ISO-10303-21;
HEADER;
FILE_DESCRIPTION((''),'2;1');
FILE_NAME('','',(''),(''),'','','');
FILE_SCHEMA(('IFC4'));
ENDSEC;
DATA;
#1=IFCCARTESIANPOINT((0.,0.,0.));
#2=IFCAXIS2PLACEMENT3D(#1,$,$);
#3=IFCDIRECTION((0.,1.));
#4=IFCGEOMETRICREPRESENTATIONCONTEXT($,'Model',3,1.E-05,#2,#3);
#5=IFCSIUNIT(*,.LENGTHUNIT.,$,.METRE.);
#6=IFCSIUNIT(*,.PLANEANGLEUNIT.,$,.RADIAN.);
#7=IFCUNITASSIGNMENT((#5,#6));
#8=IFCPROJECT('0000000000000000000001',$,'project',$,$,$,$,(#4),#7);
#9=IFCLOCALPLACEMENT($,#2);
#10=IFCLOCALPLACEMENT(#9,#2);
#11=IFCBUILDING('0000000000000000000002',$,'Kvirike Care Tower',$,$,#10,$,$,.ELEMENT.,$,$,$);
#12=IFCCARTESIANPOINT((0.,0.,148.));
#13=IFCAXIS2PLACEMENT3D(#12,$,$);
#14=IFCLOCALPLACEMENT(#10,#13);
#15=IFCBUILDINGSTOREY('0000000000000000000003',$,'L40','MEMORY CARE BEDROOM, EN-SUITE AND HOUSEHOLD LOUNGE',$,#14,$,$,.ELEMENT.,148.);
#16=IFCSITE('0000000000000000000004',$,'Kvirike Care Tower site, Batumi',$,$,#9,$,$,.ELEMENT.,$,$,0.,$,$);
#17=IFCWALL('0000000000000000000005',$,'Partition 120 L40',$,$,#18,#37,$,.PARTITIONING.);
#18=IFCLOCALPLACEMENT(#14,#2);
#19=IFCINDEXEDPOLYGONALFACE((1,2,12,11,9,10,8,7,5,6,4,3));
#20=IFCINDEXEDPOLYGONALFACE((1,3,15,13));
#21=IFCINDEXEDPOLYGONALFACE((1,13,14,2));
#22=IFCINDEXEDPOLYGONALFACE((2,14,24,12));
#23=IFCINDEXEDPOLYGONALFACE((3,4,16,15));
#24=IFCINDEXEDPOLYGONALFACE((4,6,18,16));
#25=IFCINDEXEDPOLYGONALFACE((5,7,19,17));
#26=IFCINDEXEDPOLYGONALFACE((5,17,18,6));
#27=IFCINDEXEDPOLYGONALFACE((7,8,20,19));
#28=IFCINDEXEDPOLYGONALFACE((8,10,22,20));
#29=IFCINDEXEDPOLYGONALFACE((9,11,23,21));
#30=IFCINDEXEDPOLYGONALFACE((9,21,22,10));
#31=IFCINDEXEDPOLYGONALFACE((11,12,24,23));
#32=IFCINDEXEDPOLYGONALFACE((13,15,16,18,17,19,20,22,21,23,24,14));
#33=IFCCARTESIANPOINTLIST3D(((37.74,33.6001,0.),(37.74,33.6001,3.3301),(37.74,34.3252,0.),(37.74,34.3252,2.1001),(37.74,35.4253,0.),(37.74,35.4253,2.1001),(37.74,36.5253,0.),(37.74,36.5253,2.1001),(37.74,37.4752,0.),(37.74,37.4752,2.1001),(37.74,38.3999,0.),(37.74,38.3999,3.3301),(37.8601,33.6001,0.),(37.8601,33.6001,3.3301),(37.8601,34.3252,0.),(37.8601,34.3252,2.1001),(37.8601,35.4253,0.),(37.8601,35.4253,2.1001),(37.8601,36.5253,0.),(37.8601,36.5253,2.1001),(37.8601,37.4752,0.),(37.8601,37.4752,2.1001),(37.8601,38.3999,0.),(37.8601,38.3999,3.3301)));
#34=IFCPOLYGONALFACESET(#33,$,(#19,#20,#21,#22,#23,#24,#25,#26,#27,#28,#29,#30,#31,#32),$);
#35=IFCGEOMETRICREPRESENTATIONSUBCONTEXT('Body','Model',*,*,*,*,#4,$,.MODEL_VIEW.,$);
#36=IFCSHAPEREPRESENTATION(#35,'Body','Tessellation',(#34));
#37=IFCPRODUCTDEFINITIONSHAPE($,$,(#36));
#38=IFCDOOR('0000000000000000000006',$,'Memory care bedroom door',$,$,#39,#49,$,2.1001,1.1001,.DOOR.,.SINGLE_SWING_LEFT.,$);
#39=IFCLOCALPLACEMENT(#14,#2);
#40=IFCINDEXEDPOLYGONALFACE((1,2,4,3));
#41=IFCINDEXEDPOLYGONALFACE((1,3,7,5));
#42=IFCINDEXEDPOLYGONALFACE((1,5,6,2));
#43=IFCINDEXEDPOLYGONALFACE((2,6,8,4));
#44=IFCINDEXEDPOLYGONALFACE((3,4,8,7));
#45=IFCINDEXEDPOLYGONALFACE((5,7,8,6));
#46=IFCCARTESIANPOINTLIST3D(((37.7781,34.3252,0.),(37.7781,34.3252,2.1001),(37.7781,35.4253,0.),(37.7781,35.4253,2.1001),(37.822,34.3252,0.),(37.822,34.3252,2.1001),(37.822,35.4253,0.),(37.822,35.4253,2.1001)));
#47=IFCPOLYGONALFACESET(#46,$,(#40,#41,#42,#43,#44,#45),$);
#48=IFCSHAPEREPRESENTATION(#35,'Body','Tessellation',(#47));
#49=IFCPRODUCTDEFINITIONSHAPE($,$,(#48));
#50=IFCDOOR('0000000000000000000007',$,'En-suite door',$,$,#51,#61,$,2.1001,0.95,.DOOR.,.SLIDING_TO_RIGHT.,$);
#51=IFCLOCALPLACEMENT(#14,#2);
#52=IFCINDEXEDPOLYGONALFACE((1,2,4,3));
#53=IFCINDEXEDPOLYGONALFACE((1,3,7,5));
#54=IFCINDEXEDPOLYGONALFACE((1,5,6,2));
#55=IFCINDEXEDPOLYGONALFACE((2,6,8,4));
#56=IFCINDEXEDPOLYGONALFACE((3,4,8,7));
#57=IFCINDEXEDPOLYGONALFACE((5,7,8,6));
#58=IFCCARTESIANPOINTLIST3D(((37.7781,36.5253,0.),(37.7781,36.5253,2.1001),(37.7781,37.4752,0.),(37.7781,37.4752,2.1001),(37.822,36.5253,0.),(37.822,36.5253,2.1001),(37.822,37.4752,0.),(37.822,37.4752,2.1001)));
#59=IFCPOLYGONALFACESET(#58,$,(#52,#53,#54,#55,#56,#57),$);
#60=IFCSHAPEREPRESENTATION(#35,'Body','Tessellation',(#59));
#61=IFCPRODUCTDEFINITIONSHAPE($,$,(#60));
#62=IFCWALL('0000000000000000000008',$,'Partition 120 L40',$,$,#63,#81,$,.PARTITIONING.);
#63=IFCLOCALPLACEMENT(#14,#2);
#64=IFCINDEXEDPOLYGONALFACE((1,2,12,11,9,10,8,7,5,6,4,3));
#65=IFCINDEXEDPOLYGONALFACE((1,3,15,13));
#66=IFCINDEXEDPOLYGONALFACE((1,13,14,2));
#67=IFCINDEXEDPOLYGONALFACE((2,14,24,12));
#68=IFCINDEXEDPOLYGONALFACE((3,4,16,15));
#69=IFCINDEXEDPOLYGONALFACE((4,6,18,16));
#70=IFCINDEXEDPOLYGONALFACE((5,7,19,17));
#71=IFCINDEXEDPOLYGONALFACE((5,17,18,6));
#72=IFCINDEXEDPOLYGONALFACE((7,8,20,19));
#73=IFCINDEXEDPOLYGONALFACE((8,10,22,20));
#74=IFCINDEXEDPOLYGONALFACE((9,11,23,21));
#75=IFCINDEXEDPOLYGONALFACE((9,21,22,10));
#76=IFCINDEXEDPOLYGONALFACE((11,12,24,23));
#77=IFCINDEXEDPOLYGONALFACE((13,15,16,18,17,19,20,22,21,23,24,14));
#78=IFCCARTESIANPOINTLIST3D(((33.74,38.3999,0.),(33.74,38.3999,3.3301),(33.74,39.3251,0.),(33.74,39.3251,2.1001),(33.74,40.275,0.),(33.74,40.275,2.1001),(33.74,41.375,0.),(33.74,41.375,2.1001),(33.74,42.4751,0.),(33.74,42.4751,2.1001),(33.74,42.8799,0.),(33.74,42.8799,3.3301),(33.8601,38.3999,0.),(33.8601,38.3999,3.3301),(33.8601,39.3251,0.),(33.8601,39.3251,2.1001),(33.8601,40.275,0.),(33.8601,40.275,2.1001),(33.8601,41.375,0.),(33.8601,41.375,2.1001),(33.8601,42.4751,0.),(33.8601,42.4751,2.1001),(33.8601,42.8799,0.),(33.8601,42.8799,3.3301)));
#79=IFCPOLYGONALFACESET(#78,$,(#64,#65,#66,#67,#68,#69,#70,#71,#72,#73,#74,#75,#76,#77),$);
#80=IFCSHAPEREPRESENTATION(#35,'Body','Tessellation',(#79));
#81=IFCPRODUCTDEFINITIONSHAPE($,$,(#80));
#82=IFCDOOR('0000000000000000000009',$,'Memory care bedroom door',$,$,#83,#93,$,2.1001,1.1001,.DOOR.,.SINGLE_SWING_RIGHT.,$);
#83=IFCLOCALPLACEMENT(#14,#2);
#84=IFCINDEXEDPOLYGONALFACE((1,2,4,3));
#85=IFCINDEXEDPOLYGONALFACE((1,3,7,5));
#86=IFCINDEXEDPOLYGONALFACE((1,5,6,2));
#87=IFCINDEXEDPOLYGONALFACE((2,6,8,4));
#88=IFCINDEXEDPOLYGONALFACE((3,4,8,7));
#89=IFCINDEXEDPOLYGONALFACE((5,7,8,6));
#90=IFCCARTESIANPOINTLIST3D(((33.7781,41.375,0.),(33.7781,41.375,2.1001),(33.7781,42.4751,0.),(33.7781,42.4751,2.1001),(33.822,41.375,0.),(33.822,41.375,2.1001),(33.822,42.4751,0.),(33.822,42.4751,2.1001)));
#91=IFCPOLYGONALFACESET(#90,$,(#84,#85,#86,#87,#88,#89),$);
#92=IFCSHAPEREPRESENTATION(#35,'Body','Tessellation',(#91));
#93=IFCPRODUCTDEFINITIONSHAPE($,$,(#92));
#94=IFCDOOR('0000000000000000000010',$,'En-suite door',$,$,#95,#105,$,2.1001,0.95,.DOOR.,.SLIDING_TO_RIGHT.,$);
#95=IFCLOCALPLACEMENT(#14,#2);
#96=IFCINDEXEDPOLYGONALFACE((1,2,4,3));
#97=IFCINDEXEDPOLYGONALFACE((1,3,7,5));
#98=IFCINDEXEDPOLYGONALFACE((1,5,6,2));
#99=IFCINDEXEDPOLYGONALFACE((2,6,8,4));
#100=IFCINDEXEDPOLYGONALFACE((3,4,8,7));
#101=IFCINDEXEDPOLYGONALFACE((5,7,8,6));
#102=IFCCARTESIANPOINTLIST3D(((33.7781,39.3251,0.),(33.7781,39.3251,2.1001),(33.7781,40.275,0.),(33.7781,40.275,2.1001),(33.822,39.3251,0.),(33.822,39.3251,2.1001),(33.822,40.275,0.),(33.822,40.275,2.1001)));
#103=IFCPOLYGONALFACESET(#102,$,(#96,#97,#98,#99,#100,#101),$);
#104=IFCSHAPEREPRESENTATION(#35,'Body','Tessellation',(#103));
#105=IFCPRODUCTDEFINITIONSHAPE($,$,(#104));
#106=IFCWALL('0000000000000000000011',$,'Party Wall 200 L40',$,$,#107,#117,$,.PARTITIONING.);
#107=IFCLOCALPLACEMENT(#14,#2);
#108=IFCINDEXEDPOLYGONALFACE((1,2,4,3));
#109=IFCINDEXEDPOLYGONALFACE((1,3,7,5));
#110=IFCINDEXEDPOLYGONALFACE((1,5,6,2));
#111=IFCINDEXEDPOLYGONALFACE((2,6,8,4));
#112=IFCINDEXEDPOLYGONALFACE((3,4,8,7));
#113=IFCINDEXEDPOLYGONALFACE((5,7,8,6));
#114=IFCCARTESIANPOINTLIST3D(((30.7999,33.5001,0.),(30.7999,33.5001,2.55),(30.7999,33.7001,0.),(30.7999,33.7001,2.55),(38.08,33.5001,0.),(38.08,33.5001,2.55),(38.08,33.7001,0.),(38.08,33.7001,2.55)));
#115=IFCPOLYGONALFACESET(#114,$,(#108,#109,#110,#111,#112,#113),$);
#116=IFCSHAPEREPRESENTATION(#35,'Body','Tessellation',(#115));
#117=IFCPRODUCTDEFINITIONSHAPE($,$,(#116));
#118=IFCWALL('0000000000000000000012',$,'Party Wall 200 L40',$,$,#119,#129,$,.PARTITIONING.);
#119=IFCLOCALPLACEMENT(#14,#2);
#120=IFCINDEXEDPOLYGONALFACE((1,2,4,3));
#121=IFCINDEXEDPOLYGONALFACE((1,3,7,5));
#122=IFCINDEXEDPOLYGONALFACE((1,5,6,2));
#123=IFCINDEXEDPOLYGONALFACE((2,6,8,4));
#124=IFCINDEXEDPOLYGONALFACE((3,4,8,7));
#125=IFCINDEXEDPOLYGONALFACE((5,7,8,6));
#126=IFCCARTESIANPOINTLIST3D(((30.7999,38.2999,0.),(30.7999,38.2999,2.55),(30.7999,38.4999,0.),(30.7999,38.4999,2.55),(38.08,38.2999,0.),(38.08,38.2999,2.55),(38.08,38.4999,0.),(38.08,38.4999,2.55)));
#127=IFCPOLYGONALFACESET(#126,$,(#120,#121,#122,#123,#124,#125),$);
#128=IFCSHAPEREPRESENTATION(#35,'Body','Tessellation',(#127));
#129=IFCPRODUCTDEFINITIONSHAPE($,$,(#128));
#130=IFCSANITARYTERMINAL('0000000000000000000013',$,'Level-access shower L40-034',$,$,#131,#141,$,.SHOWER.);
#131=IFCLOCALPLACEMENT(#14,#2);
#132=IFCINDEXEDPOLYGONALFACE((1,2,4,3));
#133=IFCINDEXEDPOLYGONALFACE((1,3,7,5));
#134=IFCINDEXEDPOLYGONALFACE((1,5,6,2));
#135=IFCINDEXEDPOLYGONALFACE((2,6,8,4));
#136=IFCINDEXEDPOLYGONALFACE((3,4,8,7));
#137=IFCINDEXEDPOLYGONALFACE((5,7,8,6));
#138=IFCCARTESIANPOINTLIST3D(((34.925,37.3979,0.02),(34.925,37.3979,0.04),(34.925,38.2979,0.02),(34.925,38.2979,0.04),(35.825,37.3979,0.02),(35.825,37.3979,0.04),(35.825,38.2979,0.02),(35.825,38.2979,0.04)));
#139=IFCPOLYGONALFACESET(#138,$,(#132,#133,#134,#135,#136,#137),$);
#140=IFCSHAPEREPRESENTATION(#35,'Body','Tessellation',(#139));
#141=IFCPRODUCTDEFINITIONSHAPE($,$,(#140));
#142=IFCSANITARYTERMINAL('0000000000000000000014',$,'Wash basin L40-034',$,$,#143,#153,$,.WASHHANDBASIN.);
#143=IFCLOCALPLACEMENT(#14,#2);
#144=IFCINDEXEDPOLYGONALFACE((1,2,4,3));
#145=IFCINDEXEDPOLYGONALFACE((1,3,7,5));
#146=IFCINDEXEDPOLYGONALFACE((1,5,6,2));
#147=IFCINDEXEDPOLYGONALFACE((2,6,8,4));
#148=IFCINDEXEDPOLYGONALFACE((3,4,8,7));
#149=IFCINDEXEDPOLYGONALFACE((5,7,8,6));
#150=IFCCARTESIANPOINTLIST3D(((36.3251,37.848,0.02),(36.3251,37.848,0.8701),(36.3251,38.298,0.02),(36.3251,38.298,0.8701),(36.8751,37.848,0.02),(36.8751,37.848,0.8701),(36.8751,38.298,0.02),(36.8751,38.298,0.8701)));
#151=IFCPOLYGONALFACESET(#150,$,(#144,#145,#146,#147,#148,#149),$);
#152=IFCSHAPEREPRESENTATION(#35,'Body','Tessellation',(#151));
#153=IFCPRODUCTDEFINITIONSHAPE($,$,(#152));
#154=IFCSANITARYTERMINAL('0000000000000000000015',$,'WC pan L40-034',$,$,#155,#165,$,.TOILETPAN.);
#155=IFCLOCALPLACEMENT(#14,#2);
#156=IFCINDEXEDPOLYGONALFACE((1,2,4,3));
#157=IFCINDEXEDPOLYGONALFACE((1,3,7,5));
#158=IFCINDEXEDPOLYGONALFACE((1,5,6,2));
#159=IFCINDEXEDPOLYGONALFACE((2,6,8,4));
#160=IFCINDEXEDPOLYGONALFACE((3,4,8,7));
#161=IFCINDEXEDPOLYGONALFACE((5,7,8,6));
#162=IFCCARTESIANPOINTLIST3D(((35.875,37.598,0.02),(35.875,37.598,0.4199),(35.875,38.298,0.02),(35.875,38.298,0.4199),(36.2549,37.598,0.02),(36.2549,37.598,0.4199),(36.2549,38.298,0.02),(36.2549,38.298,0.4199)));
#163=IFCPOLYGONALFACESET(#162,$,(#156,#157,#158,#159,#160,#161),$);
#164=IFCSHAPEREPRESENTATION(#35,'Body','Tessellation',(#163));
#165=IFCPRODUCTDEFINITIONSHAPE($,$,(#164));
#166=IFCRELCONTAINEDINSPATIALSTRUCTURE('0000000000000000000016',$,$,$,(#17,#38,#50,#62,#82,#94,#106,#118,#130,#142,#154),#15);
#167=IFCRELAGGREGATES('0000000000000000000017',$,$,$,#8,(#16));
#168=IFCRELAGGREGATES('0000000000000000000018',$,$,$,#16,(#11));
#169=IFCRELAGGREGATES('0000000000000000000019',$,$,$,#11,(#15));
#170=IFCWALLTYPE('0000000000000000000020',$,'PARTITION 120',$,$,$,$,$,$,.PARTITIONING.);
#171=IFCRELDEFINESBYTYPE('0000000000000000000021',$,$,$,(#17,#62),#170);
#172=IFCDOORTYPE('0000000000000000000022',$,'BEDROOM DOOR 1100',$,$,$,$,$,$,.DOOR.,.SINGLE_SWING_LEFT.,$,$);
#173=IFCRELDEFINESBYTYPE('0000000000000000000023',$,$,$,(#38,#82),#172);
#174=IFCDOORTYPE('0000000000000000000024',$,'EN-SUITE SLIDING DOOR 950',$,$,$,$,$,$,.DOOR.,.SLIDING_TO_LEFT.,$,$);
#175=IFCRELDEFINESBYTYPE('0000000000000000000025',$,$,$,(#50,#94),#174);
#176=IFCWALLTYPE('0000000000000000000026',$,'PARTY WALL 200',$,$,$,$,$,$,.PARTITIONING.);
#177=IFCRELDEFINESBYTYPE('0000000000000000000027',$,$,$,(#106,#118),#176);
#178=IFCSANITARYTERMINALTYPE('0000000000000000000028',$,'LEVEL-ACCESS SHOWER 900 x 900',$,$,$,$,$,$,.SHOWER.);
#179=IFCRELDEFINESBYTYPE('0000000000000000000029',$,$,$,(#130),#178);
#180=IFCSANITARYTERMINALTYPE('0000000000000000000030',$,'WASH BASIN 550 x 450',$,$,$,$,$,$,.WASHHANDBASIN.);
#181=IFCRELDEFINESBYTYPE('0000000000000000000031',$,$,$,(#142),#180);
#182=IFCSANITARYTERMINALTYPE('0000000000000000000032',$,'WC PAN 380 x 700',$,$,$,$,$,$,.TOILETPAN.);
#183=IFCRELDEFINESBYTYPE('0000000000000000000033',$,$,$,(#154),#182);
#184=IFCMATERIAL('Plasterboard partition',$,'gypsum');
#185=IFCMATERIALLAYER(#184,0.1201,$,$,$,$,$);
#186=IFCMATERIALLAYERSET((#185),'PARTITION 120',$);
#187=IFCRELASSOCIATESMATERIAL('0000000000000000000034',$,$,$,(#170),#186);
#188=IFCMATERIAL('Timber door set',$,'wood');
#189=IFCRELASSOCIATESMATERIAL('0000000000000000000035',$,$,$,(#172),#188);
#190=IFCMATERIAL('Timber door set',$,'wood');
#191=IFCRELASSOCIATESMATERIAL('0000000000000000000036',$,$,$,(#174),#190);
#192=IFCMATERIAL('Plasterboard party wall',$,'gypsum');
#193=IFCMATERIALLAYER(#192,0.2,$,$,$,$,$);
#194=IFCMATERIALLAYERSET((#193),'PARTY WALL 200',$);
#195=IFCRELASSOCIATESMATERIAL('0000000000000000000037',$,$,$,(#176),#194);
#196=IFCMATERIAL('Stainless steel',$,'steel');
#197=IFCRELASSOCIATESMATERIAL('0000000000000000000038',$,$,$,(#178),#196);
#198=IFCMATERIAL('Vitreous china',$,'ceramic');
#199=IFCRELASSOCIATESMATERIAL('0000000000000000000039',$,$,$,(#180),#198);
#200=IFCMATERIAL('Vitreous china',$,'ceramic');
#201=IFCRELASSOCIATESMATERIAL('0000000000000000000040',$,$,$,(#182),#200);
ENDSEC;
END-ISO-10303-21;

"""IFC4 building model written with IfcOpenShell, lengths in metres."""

from ifc_helpers import new_model, si_unit, direction, frame, frame_2d, origin, origin_2d, place, context, subcontext, project, spatial, rectangle, extrude, material, layer, layer_set, type_object, element, fill, save


model = new_model("IFC4")

# Units and contexts
model_context = context("Model", 3, precision=1e-05, world=origin(), true_north=direction((0.0, 1.0)))
body_context = subcontext(model_context, "Body", "Model", "MODEL_VIEW")
ifc_project = project(units=[si_unit("LENGTHUNIT", "METRE"), si_unit("PLANEANGLEUNIT", "RADIAN")], contexts=[model_context])

# Site, building, storey
site_placement = place(None, origin())
site = spatial("IfcSite", under=ifc_project, at=site_placement, Name="Kvirike Care Tower site, Batumi", CompositionType="ELEMENT", RefElevation=0.0)
building_placement = place(site_placement, origin())
building = spatial("IfcBuilding", under=site, at=building_placement, Name="Kvirike Care Tower", CompositionType="ELEMENT")
storey_placement = place(building_placement, frame((0.0, 0.0, 148.0)))
storey = spatial("IfcBuildingStorey", under=building, at=storey_placement, Name="L40", Description="MEMORY CARE BEDROOM, EN-SUITE AND HOUSEHOLD LOUNGE", CompositionType="ELEMENT", Elevation=148.0)

# Walls, openings, doors
ifc_material_1 = material(Name="Plasterboard partition", Category="gypsum")
ifc_layer_1 = layer(ifc_material_1, 0.1201)
ifc_layer_set_1 = layer_set([ifc_layer_1], Name="PARTITION 120")
wall_type_1 = type_object("IfcWallType", Name="PARTITION 120", PredefinedType="PARTITIONING", material=ifc_layer_set_1)
wall_1_placement = place(storey_placement, frame((37.8, 33.6001, 0.0), z_axis=(0.0, 0.0, 1.0), x_axis=(0.0, 1.0, 0.0)))
wall_1 = element("IfcWall", 1, at=wall_1_placement, inside=storey, type_object=wall_type_1, Name="Partition 120 L40", PredefinedType="PARTITIONING", context=body_context, shape_type="SweptSolid", body=[
    extrude(rectangle(XDim=4.7998, YDim=0.1201, at=frame_2d((2.3999, 0.0))), origin(), (0.0, 0.0, 1.0), 3.3301),
])
opening_1_placement = place(wall_1_placement, frame((0.7251, 0.0, 0.0)))
opening_1 = element("IfcOpeningElement", 2, at=opening_1_placement, cuts=wall_1, PredefinedType="OPENING", context=body_context, shape_type="SweptSolid", body=[
    extrude(rectangle(XDim=1.1001, YDim=2.1001, at=frame_2d((0.55, 1.05))), frame((0.0, 0.0706, 0.0), z_axis=(0.0, -1.0, 0.0), x_axis=(1.0, 0.0, 0.0)), (0.0, 0.0, 1.0), 0.1411),
])
opening_2_placement = place(wall_1_placement, frame((2.925, 0.0, 0.0)))
opening_2 = element("IfcOpeningElement", 3, at=opening_2_placement, cuts=wall_1, PredefinedType="OPENING", context=body_context, shape_type="SweptSolid", body=[
    extrude(rectangle(XDim=0.95, YDim=2.1001, at=frame_2d((0.4751, 1.05))), frame((0.0, 0.0706, 0.0), z_axis=(0.0, -1.0, 0.0), x_axis=(1.0, 0.0, 0.0)), (0.0, 0.0, 1.0), 0.1411),
])
ifc_material_2 = material(Name="Timber door set", Category="wood")
door_type_1 = type_object("IfcDoorType", Name="BEDROOM DOOR 1100", OperationType="SINGLE_SWING_LEFT", PredefinedType="DOOR", material=ifc_material_2)
door_1_placement = place(opening_1_placement, origin())
door_1 = element("IfcDoor", 4, at=door_1_placement, inside=storey, type_object=door_type_1, Name="Memory care bedroom door", OperationType="SINGLE_SWING_LEFT", OverallHeight=2.1001, OverallWidth=1.1001, PredefinedType="DOOR", context=body_context, shape_type="SweptSolid", body=[
    extrude(rectangle(XDim=1.1001, YDim=2.1001, at=frame_2d((0.55, 1.05))), frame((0.0, 0.022, 0.0), z_axis=(0.0, -1.0, 0.0), x_axis=(1.0, 0.0, 0.0)), (0.0, 0.0, 1.0), 0.0439),
])
fill(opening_1, door_1)
ifc_material_3 = material(Name="Timber door set", Category="wood")
door_type_2 = type_object("IfcDoorType", Name="EN-SUITE SLIDING DOOR 950", OperationType="SLIDING_TO_LEFT", PredefinedType="DOOR", material=ifc_material_3)
door_2_placement = place(opening_2_placement, origin())
door_2 = element("IfcDoor", 5, at=door_2_placement, inside=storey, type_object=door_type_2, Name="En-suite door", OperationType="SLIDING_TO_RIGHT", OverallHeight=2.1001, OverallWidth=0.95, PredefinedType="DOOR", context=body_context, shape_type="SweptSolid", body=[
    extrude(rectangle(XDim=0.95, YDim=2.1001, at=frame_2d((0.4751, 1.05))), frame((0.0, 0.022, 0.0), z_axis=(0.0, -1.0, 0.0), x_axis=(1.0, 0.0, 0.0)), (0.0, 0.0, 1.0), 0.0439),
])
fill(opening_2, door_2)
wall_2_placement = place(storey_placement, frame((33.8, 38.3999, 0.0), z_axis=(0.0, 0.0, 1.0), x_axis=(0.0, 1.0, 0.0)))
wall_2 = element("IfcWall", 6, at=wall_2_placement, inside=storey, type_object=wall_type_1, Name="Partition 120 L40", PredefinedType="PARTITIONING", context=body_context, shape_type="SweptSolid", body=[
    extrude(rectangle(XDim=4.48, YDim=0.1201, at=frame_2d((2.24, 0.0))), origin(), (0.0, 0.0, 1.0), 3.3301),
])
opening_3_placement = place(wall_2_placement, frame((2.9751, 0.0, 0.0)))
opening_3 = element("IfcOpeningElement", 7, at=opening_3_placement, cuts=wall_2, PredefinedType="OPENING", context=body_context, shape_type="SweptSolid", body=[
    extrude(rectangle(XDim=1.1001, YDim=2.1001, at=frame_2d((0.55, 1.05))), frame((0.0, 0.0706, 0.0), z_axis=(0.0, -1.0, 0.0), x_axis=(1.0, 0.0, 0.0)), (0.0, 0.0, 1.0), 0.1411),
])
opening_4_placement = place(wall_2_placement, frame((0.925, 0.0, 0.0)))
opening_4 = element("IfcOpeningElement", 8, at=opening_4_placement, cuts=wall_2, PredefinedType="OPENING", context=body_context, shape_type="SweptSolid", body=[
    extrude(rectangle(XDim=0.95, YDim=2.1001, at=frame_2d((0.4751, 1.05))), frame((0.0, 0.0706, 0.0), z_axis=(0.0, -1.0, 0.0), x_axis=(1.0, 0.0, 0.0)), (0.0, 0.0, 1.0), 0.1411),
])
door_3_placement = place(opening_3_placement, origin())
door_3 = element("IfcDoor", 9, at=door_3_placement, inside=storey, type_object=door_type_1, Name="Memory care bedroom door", OperationType="SINGLE_SWING_RIGHT", OverallHeight=2.1001, OverallWidth=1.1001, PredefinedType="DOOR", context=body_context, shape_type="SweptSolid", body=[
    extrude(rectangle(XDim=1.1001, YDim=2.1001, at=frame_2d((0.55, 1.05))), frame((0.0, 0.022, 0.0), z_axis=(0.0, -1.0, 0.0), x_axis=(1.0, 0.0, 0.0)), (0.0, 0.0, 1.0), 0.0439),
])
fill(opening_3, door_3)
door_4_placement = place(opening_4_placement, origin())
door_4 = element("IfcDoor", 10, at=door_4_placement, inside=storey, type_object=door_type_2, Name="En-suite door", OperationType="SLIDING_TO_RIGHT", OverallHeight=2.1001, OverallWidth=0.95, PredefinedType="DOOR", context=body_context, shape_type="SweptSolid", body=[
    extrude(rectangle(XDim=0.95, YDim=2.1001, at=frame_2d((0.4751, 1.05))), frame((0.0, 0.022, 0.0), z_axis=(0.0, -1.0, 0.0), x_axis=(1.0, 0.0, 0.0)), (0.0, 0.0, 1.0), 0.0439),
])
fill(opening_4, door_4)

# Walls
ifc_material_4 = material(Name="Plasterboard party wall", Category="gypsum")
ifc_layer_2 = layer(ifc_material_4, 0.2)
ifc_layer_set_2 = layer_set([ifc_layer_2], Name="PARTY WALL 200")
wall_type_2 = type_object("IfcWallType", Name="PARTY WALL 200", PredefinedType="PARTITIONING", material=ifc_layer_set_2)
for number, where, z_axis, x_axis, name in (
    (11, (38.0801, 33.6001, 0.0), (0.0, 0.0, 1.0), (-1.0, 0.0, 0.0), "Party Wall 200 L40"),
    (12, (38.0801, 38.3999, 0.0), (0.0, 0.0, 1.0), (-1.0, 0.0, 0.0), "Party Wall 200 L40"),
):
    element("IfcWall", number, at=place(storey_placement, frame(where, z_axis=z_axis, x_axis=x_axis)), inside=storey, type_object=wall_type_2, Name=name, PredefinedType="PARTITIONING", context=body_context, shape_type="SweptSolid", body=[
        extrude(rectangle(XDim=7.28, YDim=0.2, at=frame_2d((3.6401, 0.0))), origin(), (0.0, 0.0, 1.0), 2.55),
    ])

# Sanitary terminals
ifc_material_5 = material(Name="Stainless steel", Category="steel")
sanitary_terminal_type_1 = type_object("IfcSanitaryTerminalType", Name="LEVEL-ACCESS SHOWER 900 x 900", PredefinedType="SHOWER", material=ifc_material_5)
sanitary_terminal_1_placement = place(storey_placement, frame((35.375, 37.8479, 0.02), z_axis=(0.0, 0.0, 1.0), x_axis=(1.0, 0.0, 0.0)))
element("IfcSanitaryTerminal", 13, at=sanitary_terminal_1_placement, inside=storey, type_object=sanitary_terminal_type_1, Name="Level-access shower L40-034", PredefinedType="SHOWER", context=body_context, shape_type="SweptSolid", body=[
    extrude(rectangle(XDim=0.8999, YDim=0.8999, at=origin_2d()), origin(), (0.0, 0.0, 1.0), 0.02),
])
ifc_material_6 = material(Name="Vitreous china", Category="ceramic")
sanitary_terminal_type_2 = type_object("IfcSanitaryTerminalType", Name="WASH BASIN 550 x 450", PredefinedType="WASHHANDBASIN", material=ifc_material_6)
sanitary_terminal_2_placement = place(storey_placement, frame((36.6001, 38.073, 0.02), z_axis=(0.0, 0.0, 1.0), x_axis=(1.0, 0.0, 0.0)))
element("IfcSanitaryTerminal", 14, at=sanitary_terminal_2_placement, inside=storey, type_object=sanitary_terminal_type_2, Name="Wash basin L40-034", PredefinedType="WASHHANDBASIN", context=body_context, shape_type="SweptSolid", body=[
    extrude(rectangle(XDim=0.55, YDim=0.45, at=origin_2d()), origin(), (0.0, 0.0, 1.0), 0.8501),
])
ifc_material_7 = material(Name="Vitreous china", Category="ceramic")
sanitary_terminal_type_3 = type_object("IfcSanitaryTerminalType", Name="WC PAN 380 x 700", PredefinedType="TOILETPAN", material=ifc_material_7)
sanitary_terminal_3_placement = place(storey_placement, frame((36.0649, 37.948, 0.02), z_axis=(0.0, 0.0, 1.0), x_axis=(1.0, 0.0, 0.0)))
element("IfcSanitaryTerminal", 15, at=sanitary_terminal_3_placement, inside=storey, type_object=sanitary_terminal_type_3, Name="WC pan L40-034", PredefinedType="TOILETPAN", context=body_context, shape_type="SweptSolid", body=[
    extrude(rectangle(XDim=0.3799, YDim=0.7, at=origin_2d()), origin(), (0.0, 0.0, 1.0), 0.3999),
])

save(model, "model.ifc")
